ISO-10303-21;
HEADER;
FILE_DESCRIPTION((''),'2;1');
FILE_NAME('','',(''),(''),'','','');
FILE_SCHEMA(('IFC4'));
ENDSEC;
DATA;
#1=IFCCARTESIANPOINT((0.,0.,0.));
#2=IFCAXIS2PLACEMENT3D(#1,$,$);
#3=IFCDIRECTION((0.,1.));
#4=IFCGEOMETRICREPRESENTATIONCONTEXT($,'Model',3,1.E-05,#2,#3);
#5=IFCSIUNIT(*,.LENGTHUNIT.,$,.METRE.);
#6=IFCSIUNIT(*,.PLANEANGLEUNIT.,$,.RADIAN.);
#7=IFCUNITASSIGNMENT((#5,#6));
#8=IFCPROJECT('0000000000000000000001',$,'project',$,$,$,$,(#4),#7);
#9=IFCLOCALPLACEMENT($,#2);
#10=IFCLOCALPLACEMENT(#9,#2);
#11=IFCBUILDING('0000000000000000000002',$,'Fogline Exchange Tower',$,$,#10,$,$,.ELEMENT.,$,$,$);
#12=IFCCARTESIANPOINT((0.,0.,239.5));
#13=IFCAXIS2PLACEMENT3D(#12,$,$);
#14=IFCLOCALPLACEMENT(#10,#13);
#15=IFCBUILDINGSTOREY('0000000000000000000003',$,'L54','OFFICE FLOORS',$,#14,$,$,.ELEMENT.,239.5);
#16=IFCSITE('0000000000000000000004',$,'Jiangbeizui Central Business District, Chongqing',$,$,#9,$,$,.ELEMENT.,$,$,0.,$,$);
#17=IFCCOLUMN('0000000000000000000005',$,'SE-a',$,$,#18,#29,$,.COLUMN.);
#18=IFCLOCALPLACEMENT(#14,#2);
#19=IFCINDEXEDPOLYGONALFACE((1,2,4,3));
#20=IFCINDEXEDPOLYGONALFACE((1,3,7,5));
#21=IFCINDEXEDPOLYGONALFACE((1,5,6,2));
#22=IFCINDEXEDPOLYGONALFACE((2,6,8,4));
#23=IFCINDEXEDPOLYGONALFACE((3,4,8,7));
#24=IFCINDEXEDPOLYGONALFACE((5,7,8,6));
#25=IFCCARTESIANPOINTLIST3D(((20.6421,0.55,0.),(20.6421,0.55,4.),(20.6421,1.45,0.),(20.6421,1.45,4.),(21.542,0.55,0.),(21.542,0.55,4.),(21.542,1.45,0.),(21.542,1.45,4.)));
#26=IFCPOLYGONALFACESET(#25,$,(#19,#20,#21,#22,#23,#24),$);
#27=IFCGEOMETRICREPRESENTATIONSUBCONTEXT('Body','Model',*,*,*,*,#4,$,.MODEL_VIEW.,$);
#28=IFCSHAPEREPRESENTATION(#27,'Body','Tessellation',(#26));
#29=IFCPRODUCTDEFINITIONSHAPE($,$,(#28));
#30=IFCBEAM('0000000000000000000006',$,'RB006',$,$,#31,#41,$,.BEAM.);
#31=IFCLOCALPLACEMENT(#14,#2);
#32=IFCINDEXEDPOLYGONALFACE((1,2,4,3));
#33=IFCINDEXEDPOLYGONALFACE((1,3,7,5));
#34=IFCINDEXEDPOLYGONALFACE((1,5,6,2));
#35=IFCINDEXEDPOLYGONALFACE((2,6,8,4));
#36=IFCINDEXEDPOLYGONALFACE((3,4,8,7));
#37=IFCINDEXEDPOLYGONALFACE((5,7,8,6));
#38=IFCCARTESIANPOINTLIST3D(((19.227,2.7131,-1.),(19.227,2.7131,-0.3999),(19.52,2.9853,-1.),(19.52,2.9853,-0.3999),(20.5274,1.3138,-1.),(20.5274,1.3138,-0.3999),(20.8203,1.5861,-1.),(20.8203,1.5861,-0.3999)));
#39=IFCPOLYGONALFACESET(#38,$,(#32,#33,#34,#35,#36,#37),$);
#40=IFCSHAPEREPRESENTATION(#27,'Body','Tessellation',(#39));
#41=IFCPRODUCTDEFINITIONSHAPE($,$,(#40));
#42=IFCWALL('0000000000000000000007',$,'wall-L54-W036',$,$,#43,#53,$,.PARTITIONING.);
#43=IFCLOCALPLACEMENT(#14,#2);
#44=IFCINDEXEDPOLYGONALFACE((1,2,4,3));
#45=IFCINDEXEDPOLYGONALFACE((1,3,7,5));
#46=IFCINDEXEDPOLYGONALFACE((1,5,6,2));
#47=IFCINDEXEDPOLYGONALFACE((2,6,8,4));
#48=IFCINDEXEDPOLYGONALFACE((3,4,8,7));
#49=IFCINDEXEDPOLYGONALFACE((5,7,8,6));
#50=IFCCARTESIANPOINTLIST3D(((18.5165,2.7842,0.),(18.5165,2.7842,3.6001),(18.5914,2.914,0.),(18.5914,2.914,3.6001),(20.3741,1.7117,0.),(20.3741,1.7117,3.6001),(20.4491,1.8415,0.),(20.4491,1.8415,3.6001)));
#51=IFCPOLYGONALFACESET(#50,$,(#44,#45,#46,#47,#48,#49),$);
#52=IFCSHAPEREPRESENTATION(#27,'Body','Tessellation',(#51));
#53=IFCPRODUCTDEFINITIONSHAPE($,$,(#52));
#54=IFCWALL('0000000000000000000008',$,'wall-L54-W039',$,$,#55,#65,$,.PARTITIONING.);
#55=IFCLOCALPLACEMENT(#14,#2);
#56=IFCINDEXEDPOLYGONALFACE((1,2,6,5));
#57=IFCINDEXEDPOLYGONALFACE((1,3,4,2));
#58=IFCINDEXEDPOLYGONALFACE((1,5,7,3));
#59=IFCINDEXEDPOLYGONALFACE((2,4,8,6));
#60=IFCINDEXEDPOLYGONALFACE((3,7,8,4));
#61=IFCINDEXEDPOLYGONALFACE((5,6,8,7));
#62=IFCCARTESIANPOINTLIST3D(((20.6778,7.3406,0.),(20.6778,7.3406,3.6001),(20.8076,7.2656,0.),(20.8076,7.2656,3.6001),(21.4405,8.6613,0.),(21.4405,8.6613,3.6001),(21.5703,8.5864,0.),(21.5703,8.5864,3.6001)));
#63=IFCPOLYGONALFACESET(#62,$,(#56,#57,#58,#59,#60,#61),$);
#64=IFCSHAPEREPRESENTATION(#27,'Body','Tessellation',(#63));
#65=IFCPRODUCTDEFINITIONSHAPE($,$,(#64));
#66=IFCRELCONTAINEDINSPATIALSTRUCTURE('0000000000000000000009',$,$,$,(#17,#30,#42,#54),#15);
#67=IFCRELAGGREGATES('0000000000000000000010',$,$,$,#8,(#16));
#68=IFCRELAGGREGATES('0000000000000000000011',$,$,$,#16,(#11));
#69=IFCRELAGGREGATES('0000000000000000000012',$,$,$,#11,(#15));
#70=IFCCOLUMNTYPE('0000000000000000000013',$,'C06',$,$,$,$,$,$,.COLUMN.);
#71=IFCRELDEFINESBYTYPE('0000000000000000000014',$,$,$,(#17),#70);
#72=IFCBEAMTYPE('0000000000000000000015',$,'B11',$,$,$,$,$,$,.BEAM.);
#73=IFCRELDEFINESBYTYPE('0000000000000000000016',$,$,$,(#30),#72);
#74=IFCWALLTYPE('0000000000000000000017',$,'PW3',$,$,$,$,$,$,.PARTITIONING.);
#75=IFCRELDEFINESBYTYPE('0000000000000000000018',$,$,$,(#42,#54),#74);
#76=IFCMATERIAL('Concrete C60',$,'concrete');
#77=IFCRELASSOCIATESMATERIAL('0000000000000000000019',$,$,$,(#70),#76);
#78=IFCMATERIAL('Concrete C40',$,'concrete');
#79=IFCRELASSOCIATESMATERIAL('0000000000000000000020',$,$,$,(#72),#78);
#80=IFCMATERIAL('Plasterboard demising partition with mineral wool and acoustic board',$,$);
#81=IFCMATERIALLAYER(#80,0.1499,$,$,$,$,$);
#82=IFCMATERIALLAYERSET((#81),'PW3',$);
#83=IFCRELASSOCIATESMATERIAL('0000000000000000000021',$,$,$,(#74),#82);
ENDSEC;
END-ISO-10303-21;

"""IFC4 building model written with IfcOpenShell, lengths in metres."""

from ifc_helpers import new_model, si_unit, direction, frame, frame_2d, origin, origin_2d, place, context, subcontext, project, spatial, rectangle, extrude, material, layer, layer_set, material_profile, profile_set, type_object, element, save


model = new_model("IFC4")

# Units and contexts
model_context = context("Model", 3, precision=1e-05, world=origin(), true_north=direction((0.0, 1.0)))
body_context = subcontext(model_context, "Body", "Model", "MODEL_VIEW")
ifc_project = project(units=[si_unit("LENGTHUNIT", "METRE"), si_unit("PLANEANGLEUNIT", "RADIAN")], contexts=[model_context])

# Site, building, storey
site_placement = place(None, origin())
site = spatial("IfcSite", under=ifc_project, at=site_placement, Name="Jiangbeizui Central Business District, Chongqing", CompositionType="ELEMENT", RefElevation=0.0)
building_placement = place(site_placement, origin())
building = spatial("IfcBuilding", under=site, at=building_placement, Name="Fogline Exchange Tower", CompositionType="ELEMENT")
storey_placement = place(building_placement, frame((0.0, 0.0, 239.5)))
storey = spatial("IfcBuildingStorey", under=building, at=storey_placement, Name="L54", Description="OFFICE FLOORS", CompositionType="ELEMENT", Elevation=239.5)

# Column
ifc_material_1 = material(Name="Concrete C60", Category="concrete")
ifc_material_profile_1 = material_profile(ifc_material_1, rectangle(XDim=0.8999, YDim=0.8999, at=origin_2d()), Name="RC 900x900")
ifc_profile_set_1 = profile_set([ifc_material_profile_1], Name="Concrete C60")
column_type = type_object("IfcColumnType", Name="C06", PredefinedType="COLUMN", material=ifc_profile_set_1)
column_placement = place(storey_placement, frame((21.092, 1.0, 0.0), z_axis=(0.0, 0.0, 1.0), x_axis=(1.0, 0.0, 0.0)))
element("IfcColumn", 1, at=column_placement, inside=storey, type_object=column_type, Name="SE-a", PredefinedType="COLUMN", context=body_context, shape_type="SweptSolid", body=[
    extrude(rectangle(XDim=0.8999, YDim=0.8999, at=origin_2d()), origin(), (0.0, 0.0, 1.0), 4.0),
])

# Beam
ifc_material_2 = material(Name="Concrete C40", Category="concrete")
ifc_material_profile_2 = material_profile(ifc_material_2, rectangle(XDim=0.3999, YDim=0.6001, at=origin_2d()), Name="RC 400x600")
ifc_profile_set_2 = profile_set([ifc_material_profile_2], Name="Concrete C40")
beam_type = type_object("IfcBeamType", Name="B11", PredefinedType="BEAM", material=ifc_profile_set_2)
beam_placement = place(storey_placement, frame((20.6738, 1.45, -0.7), z_axis=(-0.68075, 0.732516, 0.0), x_axis=(-0.732516, -0.68075, 0.0)))
element("IfcBeam", 2, at=beam_placement, inside=storey, type_object=beam_type, Name="RB006", PredefinedType="BEAM", context=body_context, shape_type="SweptSolid", body=[
    extrude(rectangle(XDim=0.3999, YDim=0.6001, at=origin_2d()), origin(), (0.0, 0.0, 1.0), 1.9102),
])

# Walls
ifc_material_3 = material(Name="Plasterboard demising partition with mineral wool and acoustic board")
ifc_layer_1 = layer(ifc_material_3, 0.1499)
ifc_layer_set_1 = layer_set([ifc_layer_1], Name="PW3")
wall_type_1 = type_object("IfcWallType", Name="PW3", PredefinedType="PARTITIONING", material=ifc_layer_set_1)
wall_1_placement = place(storey_placement, frame((20.4116, 1.7766, 0.0), z_axis=(0.0, 0.0, 1.0), x_axis=(-0.866028, 0.499995, 0.0)))
element("IfcWall", 3, at=wall_1_placement, inside=storey, type_object=wall_type_1, Name="wall-L54-W036", PredefinedType="PARTITIONING", context=body_context, shape_type="SweptSolid", body=[
    extrude(rectangle(XDim=2.145, YDim=0.1499, at=frame_2d((1.0725, 0.0))), origin(), (0.0, 0.0, 1.0), 3.6001),
])
wall_2_placement = place(storey_placement, frame((20.7427, 7.303, 0.0), z_axis=(0.0, 0.0, 1.0), x_axis=(0.500064, 0.865988, 0.0)))
element("IfcWall", 4, at=wall_2_placement, inside=storey, type_object=wall_type_1, Name="wall-L54-W039", PredefinedType="PARTITIONING", context=body_context, shape_type="SweptSolid", body=[
    extrude(rectangle(XDim=1.5251, YDim=0.1499, at=frame_2d((0.7627, 0.0))), origin(), (0.0, 0.0, 1.0), 3.6001),
])

save(model, "model.ifc")
